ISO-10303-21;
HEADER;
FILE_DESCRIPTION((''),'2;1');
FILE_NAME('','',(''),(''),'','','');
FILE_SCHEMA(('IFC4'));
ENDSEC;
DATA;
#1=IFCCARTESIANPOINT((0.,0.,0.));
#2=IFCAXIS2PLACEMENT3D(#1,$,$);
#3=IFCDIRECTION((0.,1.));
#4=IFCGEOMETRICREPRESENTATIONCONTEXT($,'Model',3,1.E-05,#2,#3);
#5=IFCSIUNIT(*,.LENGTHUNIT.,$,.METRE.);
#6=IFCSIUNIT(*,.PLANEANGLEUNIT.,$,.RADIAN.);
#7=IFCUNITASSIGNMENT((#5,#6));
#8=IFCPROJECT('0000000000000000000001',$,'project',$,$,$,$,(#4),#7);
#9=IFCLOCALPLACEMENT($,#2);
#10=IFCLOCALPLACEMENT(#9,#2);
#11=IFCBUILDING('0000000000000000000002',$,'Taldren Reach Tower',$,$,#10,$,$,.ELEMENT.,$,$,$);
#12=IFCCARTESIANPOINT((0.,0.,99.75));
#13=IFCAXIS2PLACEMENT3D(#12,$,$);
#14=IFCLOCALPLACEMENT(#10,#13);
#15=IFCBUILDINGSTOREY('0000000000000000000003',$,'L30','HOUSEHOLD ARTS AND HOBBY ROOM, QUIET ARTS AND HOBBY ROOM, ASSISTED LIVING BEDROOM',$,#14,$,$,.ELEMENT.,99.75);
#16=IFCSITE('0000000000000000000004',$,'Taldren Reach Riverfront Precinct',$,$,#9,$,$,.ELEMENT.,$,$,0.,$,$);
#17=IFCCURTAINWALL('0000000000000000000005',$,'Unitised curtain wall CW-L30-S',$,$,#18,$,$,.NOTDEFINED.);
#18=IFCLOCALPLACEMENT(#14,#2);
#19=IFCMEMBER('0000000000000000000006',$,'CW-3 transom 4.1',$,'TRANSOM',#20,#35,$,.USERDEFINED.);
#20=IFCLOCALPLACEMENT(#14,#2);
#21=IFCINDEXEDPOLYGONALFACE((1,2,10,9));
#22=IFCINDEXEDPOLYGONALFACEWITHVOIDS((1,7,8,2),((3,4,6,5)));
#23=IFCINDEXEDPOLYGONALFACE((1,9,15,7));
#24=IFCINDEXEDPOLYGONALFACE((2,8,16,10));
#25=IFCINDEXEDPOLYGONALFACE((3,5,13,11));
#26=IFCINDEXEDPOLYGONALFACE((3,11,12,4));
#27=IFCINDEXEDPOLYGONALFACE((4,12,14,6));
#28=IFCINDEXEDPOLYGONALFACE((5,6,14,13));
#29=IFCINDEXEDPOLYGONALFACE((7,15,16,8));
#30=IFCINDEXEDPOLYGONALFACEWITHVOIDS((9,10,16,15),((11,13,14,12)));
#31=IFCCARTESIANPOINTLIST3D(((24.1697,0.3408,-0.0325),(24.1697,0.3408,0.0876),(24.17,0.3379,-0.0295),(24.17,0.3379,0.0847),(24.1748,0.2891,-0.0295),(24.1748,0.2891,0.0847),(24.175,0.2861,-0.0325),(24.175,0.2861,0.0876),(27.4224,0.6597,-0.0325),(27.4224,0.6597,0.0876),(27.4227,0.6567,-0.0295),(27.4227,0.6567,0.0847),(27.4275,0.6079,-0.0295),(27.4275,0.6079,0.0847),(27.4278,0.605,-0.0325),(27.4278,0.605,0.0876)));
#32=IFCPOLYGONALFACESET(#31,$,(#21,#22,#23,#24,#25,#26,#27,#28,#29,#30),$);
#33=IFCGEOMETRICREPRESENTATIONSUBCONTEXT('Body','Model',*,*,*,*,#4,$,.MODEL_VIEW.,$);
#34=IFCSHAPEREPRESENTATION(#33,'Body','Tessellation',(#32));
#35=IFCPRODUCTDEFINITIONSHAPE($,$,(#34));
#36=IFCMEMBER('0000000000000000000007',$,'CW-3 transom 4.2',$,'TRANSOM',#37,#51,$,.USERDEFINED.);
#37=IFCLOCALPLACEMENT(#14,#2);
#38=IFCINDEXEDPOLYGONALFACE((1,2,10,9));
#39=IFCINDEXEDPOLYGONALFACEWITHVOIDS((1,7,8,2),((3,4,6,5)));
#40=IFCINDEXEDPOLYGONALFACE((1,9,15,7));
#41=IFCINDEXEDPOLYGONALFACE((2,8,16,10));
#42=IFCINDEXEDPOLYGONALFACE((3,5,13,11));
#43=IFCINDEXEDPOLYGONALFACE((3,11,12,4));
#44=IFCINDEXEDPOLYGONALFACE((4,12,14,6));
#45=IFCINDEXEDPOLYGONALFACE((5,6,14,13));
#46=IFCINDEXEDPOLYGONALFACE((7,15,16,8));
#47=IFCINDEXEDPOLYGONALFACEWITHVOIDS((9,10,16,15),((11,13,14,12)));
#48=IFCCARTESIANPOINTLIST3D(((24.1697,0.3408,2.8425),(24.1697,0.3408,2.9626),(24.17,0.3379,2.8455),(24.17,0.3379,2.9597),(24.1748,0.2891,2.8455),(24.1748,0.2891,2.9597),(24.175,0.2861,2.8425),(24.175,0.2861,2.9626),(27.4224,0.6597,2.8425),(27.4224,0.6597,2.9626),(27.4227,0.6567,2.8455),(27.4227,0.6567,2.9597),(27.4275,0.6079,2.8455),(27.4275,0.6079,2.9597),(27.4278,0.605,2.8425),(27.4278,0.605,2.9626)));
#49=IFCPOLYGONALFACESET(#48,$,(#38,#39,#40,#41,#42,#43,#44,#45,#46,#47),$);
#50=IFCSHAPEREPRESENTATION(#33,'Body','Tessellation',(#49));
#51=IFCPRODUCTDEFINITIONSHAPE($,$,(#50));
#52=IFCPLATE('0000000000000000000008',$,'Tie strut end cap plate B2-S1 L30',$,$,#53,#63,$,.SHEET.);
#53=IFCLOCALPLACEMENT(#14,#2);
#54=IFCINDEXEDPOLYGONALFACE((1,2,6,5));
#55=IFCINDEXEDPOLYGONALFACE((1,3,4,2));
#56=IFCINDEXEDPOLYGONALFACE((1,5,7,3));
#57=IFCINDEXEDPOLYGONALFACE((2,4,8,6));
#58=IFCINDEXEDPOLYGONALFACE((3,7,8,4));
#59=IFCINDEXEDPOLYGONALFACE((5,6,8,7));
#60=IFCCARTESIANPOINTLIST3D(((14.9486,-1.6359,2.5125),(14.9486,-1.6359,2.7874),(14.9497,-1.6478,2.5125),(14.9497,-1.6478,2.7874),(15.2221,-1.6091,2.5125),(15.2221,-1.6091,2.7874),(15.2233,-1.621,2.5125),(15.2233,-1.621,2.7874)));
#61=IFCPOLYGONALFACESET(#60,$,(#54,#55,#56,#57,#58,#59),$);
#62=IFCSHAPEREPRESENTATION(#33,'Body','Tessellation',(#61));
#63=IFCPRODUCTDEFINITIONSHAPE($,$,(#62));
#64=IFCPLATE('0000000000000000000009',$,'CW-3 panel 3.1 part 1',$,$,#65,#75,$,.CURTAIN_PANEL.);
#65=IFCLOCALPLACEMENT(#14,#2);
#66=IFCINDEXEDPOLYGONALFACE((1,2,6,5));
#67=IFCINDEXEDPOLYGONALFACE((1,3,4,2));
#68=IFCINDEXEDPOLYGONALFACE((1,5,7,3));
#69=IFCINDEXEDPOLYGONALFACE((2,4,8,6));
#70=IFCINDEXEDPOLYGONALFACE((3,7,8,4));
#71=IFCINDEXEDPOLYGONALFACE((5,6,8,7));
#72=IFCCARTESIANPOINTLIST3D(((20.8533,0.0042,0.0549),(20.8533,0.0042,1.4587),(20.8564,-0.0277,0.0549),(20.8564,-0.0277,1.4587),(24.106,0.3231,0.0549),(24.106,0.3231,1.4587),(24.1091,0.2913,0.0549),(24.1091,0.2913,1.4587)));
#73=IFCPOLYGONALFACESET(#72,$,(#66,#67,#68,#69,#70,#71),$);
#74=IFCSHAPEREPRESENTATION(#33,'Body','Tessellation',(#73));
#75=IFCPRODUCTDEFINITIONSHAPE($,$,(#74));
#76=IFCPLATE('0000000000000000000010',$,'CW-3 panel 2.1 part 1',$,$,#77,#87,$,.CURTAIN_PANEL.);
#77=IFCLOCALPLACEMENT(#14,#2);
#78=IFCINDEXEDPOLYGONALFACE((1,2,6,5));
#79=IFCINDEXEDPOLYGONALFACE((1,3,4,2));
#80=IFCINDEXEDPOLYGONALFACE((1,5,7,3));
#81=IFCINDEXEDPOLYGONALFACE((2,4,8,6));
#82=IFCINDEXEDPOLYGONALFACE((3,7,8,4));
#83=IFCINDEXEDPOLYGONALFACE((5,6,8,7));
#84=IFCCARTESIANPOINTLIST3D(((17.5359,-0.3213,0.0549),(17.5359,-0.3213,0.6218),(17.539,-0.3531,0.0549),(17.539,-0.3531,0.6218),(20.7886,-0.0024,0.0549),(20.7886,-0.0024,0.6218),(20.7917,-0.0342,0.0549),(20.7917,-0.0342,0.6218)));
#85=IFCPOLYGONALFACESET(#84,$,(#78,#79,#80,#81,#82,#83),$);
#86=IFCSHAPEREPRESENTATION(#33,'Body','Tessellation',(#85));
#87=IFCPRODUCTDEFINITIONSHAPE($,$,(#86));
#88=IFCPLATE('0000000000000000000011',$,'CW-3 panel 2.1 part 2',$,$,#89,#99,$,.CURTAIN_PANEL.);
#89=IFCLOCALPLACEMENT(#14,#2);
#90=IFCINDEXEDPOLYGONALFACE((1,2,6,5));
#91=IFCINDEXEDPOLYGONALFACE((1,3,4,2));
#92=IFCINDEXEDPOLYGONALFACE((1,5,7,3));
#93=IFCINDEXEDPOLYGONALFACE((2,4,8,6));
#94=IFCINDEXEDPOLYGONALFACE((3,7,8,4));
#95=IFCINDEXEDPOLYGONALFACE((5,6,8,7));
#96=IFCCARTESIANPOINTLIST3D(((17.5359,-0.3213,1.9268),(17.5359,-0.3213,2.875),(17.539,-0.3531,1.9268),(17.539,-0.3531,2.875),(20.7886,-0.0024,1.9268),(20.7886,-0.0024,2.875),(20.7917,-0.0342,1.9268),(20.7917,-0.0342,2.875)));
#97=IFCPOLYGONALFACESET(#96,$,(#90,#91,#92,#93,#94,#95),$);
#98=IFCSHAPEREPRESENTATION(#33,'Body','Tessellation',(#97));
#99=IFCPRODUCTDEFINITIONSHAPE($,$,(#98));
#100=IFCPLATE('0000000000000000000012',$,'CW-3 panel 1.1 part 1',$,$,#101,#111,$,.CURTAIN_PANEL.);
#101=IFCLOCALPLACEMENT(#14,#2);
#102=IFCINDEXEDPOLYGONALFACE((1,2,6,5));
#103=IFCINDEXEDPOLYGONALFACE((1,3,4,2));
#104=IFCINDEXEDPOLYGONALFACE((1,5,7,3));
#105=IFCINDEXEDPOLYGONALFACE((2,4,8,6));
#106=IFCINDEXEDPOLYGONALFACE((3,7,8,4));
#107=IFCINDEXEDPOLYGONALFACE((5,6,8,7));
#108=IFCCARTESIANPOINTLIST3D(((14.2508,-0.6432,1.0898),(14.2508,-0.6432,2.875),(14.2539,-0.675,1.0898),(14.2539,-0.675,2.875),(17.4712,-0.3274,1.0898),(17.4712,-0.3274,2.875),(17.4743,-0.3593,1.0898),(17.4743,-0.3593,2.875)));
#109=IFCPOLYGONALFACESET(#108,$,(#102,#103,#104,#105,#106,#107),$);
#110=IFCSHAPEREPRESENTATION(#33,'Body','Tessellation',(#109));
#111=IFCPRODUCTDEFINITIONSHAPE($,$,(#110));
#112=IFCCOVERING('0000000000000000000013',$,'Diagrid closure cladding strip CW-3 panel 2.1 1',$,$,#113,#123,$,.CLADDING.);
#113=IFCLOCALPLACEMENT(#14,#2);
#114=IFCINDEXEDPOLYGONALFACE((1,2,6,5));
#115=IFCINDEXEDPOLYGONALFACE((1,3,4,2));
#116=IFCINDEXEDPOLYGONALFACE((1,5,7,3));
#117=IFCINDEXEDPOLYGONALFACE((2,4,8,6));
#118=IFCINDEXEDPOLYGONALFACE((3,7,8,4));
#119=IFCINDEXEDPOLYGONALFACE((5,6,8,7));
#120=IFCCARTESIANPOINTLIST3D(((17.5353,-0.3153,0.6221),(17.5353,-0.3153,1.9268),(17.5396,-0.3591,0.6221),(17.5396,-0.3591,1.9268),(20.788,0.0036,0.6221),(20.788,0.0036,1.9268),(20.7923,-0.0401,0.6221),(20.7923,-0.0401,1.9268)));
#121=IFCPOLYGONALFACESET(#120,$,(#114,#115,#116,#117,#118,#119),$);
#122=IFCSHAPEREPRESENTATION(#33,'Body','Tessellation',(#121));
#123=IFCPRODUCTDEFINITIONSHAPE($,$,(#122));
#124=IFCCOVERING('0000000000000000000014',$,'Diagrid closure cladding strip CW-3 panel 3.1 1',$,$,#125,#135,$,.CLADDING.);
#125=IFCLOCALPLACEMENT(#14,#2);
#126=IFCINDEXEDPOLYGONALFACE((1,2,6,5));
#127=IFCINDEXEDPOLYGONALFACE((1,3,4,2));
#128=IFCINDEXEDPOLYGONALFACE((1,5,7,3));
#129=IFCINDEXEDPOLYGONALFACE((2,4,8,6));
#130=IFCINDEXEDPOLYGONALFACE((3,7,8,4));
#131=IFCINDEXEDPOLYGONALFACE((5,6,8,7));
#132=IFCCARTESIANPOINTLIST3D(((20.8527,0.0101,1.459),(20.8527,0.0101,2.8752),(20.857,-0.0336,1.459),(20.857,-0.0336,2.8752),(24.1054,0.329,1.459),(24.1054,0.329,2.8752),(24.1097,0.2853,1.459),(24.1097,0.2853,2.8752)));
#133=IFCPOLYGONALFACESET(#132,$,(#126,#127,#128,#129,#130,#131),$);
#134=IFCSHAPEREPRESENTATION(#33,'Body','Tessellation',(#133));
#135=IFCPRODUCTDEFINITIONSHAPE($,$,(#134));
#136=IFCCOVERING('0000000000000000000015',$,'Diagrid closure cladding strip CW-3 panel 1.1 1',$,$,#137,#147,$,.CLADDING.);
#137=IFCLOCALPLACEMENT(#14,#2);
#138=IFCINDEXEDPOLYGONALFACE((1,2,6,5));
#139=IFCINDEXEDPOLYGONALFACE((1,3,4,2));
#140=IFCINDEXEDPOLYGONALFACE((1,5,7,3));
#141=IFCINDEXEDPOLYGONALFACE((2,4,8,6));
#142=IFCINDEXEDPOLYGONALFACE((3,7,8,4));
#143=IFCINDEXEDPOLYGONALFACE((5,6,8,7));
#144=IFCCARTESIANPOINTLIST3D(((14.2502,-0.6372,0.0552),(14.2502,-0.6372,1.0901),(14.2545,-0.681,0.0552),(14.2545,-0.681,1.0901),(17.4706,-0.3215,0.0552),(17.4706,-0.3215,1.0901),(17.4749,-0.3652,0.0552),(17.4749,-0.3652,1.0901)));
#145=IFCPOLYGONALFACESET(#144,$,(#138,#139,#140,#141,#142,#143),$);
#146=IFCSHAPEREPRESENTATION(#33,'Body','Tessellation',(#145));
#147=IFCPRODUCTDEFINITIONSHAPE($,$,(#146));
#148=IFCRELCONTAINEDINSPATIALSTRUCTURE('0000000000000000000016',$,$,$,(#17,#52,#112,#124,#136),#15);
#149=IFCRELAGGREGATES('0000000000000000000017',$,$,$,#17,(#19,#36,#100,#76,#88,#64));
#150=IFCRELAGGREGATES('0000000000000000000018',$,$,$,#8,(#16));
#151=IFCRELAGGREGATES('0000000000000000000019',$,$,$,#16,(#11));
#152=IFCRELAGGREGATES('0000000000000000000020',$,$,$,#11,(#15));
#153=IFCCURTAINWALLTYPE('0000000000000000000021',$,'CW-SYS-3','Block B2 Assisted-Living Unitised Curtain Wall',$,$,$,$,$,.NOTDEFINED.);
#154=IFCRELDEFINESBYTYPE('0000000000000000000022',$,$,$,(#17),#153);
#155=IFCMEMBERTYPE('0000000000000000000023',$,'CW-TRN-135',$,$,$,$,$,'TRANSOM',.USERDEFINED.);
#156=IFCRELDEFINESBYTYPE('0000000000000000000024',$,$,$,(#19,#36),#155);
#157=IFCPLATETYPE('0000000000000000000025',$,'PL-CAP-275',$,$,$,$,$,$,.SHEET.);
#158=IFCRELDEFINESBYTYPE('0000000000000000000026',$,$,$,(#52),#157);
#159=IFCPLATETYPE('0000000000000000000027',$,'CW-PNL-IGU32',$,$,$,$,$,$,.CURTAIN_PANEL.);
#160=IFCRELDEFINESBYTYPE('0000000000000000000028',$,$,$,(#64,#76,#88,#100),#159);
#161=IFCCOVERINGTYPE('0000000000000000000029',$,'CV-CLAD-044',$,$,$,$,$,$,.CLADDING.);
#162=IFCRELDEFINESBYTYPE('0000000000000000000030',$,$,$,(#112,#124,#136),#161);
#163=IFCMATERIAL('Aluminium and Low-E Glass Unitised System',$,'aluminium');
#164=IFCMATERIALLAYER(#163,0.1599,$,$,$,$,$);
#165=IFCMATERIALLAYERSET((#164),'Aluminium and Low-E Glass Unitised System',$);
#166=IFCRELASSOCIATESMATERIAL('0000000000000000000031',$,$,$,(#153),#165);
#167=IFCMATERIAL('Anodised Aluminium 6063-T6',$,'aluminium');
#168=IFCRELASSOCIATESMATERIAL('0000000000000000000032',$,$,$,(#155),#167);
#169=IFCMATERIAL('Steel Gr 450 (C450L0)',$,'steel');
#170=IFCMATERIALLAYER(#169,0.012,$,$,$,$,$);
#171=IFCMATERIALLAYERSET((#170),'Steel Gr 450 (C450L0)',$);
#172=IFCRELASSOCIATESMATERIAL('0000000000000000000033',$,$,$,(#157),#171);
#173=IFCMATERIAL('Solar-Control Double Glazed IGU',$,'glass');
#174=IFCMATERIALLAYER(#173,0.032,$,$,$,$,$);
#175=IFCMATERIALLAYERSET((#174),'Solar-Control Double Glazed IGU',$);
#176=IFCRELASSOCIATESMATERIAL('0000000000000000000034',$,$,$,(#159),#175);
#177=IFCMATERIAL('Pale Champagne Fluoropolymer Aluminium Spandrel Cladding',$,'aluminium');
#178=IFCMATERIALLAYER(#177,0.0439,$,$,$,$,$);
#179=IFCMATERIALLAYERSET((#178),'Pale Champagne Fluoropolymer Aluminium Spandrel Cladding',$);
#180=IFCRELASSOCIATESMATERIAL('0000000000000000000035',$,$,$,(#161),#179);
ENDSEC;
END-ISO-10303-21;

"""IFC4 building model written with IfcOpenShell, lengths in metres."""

from ifc_helpers import new_model, si_unit, direction, frame, origin, origin_2d, place, context, subcontext, project, spatial, rectangle, hollow_rectangle, extrude, source, transform, mapped, material, layer, layer_set, material_profile, profile_set, type_object, element, aggregate, save


model = new_model("IFC4")

# Units and contexts
model_context = context("Model", 3, precision=1e-05, world=origin(), true_north=direction((0.0, 1.0)))
body_context = subcontext(model_context, "Body", "Model", "MODEL_VIEW")
ifc_project = project(units=[si_unit("LENGTHUNIT", "METRE"), si_unit("PLANEANGLEUNIT", "RADIAN")], contexts=[model_context])

# Site, building, storey
site_placement = place(None, origin())
site = spatial("IfcSite", under=ifc_project, at=site_placement, Name="Taldren Reach Riverfront Precinct", CompositionType="ELEMENT", RefElevation=0.0)
building_placement = place(site_placement, origin())
building = spatial("IfcBuilding", under=site, at=building_placement, Name="Taldren Reach Tower", CompositionType="ELEMENT")
storey_placement = place(building_placement, frame((0.0, 0.0, 99.75)))
storey = spatial("IfcBuildingStorey", under=building, at=storey_placement, Name="L30", Description="HOUSEHOLD ARTS AND HOBBY ROOM, QUIET ARTS AND HOBBY ROOM, ASSISTED LIVING BEDROOM", CompositionType="ELEMENT", Elevation=99.75)

# Shared definitions
ifc_material_1 = material(Name="Steel Gr 450 (C450L0)", Category="steel")

# Curtain wall, members
ifc_material_2 = material(Name="Aluminium and Low-E Glass Unitised System", Category="aluminium")
ifc_layer_1 = layer(ifc_material_2, 0.1599)
ifc_layer_set_1 = layer_set([ifc_layer_1], Name="Aluminium and Low-E Glass Unitised System")
curtain_wall_type = type_object("IfcCurtainWallType", Name="CW-SYS-3", Description="Block B2 Assisted-Living Unitised Curtain Wall", PredefinedType="NOTDEFINED", material=ifc_layer_set_1)
curtain_wall_placement = place(storey_placement, origin())
curtain_wall = element("IfcCurtainWall", 1, at=curtain_wall_placement, inside=storey, type_object=curtain_wall_type, Name="Unitised curtain wall CW-L30-S", PredefinedType="NOTDEFINED")
ifc_material_3 = material(Name="Anodised Aluminium 6063-T6", Category="aluminium")
ifc_material_profile_1 = material_profile(ifc_material_3, hollow_rectangle(XDim=0.0549, YDim=0.1201, WallThickness=0.0029, at=origin_2d()), Name="ALU-120x55x3RHS")
ifc_profile_set_1 = profile_set([ifc_material_profile_1], Name="Anodised Aluminium 6063-T6")
member_type_1 = type_object("IfcMemberType", Name="CW-TRN-135", ElementType="TRANSOM", PredefinedType="USERDEFINED", material=ifc_profile_set_1)
shared_shape_1 = source(origin(), body_context, "Body", "SweptSolid", [
    extrude(hollow_rectangle(XDim=0.0549, YDim=0.1201, WallThickness=0.0029, at=origin_2d()), origin(), (0.0, 0.0, 1.0), 3.2683),
])
member_1_placement = place(storey_placement, frame((24.1724, 0.3135, 0.0276), z_axis=(0.99523, 0.097558, 0.0), x_axis=(-0.097558, 0.99523, 0.0)))
member_1 = element("IfcMember", 2, at=member_1_placement, type_object=member_type_1, Name="CW-3 transom 4.1", ObjectType="TRANSOM", PredefinedType="USERDEFINED", context=body_context, shape_type="MappedRepresentation", body=[
    mapped(shared_shape_1, transform((0.0, 0.0, 0.0), scale=1.0)),
])
member_2_placement = place(storey_placement, frame((24.1724, 0.3135, 2.9026), z_axis=(0.99523, 0.097558, 0.0), x_axis=(-0.097558, 0.99523, 0.0)))
member_2 = element("IfcMember", 3, at=member_2_placement, type_object=member_type_1, Name="CW-3 transom 4.2", ObjectType="TRANSOM", PredefinedType="USERDEFINED", context=body_context, shape_type="MappedRepresentation", body=[
    mapped(shared_shape_1, transform((0.0, 0.0, 0.0), scale=1.0)),
])

# Plates
ifc_layer_2 = layer(ifc_material_1, 0.012)
ifc_layer_set_2 = layer_set([ifc_layer_2], Name="Steel Gr 450 (C450L0)")
plate_type_1 = type_object("IfcPlateType", Name="PL-CAP-275", PredefinedType="SHEET", material=ifc_layer_set_2)
shared_shape_2 = source(origin(), body_context, "Body", "SweptSolid", [
    extrude(rectangle(XDim=0.2749, YDim=0.012, at=origin_2d()), origin(), (0.0, 0.0, 1.0), 0.2749),
])
plate_1_placement = place(storey_placement, frame((15.0859, -1.6284, 2.5125), z_axis=(0.0, 0.0, 1.0), x_axis=(0.995227, 0.097583, 0.0)))
element("IfcPlate", 4, at=plate_1_placement, inside=storey, type_object=plate_type_1, Name="Tie strut end cap plate B2-S1 L30", PredefinedType="SHEET", context=body_context, shape_type="MappedRepresentation", body=[
    mapped(shared_shape_2, transform((0.0, 0.0, 0.0), scale=1.0)),
])
ifc_material_4 = material(Name="Solar-Control Double Glazed IGU", Category="glass")
ifc_layer_3 = layer(ifc_material_4, 0.032)
ifc_layer_set_3 = layer_set([ifc_layer_3], Name="Solar-Control Double Glazed IGU")
plate_type_2 = type_object("IfcPlateType", Name="CW-PNL-IGU32", PredefinedType="CURTAIN_PANEL", material=ifc_layer_set_3)
shared_shape_3 = source(origin(), body_context, "Body", "SweptSolid", [
    extrude(rectangle(XDim=3.2683, YDim=0.032, at=origin_2d()), origin(), (0.0, 0.0, 1.0), 1.4038),
])
plate_2_placement = place(storey_placement, frame((22.4812, 0.1477, 0.0549), z_axis=(0.0, 0.0, 1.0), x_axis=(0.995227, 0.097583, 0.0)))
plate_2 = element("IfcPlate", 5, at=plate_2_placement, type_object=plate_type_2, Name="CW-3 panel 3.1 part 1", PredefinedType="CURTAIN_PANEL", context=body_context, shape_type="MappedRepresentation", body=[
    mapped(shared_shape_3, transform((0.0, 0.0, 0.0), scale=1.0)),
])
shared_shape_4 = source(origin(), body_context, "Body", "SweptSolid", [
    extrude(rectangle(XDim=3.2683, YDim=0.032, at=origin_2d()), origin(), (0.0, 0.0, 1.0), 0.5669),
])
plate_3_placement = place(storey_placement, frame((19.1638, -0.1777, 0.0549), z_axis=(0.0, 0.0, 1.0), x_axis=(0.995227, 0.097583, 0.0)))
plate_3 = element("IfcPlate", 6, at=plate_3_placement, type_object=plate_type_2, Name="CW-3 panel 2.1 part 1", PredefinedType="CURTAIN_PANEL", context=body_context, shape_type="MappedRepresentation", body=[
    mapped(shared_shape_4, transform((0.0, 0.0, 0.0), scale=1.0)),
])
shared_shape_5 = source(origin(), body_context, "Body", "SweptSolid", [
    extrude(rectangle(XDim=3.2683, YDim=0.032, at=origin_2d()), origin(), (0.0, 0.0, 1.0), 0.9482),
])
plate_4_placement = place(storey_placement, frame((19.1638, -0.1777, 1.9268), z_axis=(0.0, 0.0, 1.0), x_axis=(0.995227, 0.097583, 0.0)))
plate_4 = element("IfcPlate", 7, at=plate_4_placement, type_object=plate_type_2, Name="CW-3 panel 2.1 part 2", PredefinedType="CURTAIN_PANEL", context=body_context, shape_type="MappedRepresentation", body=[
    mapped(shared_shape_5, transform((0.0, 0.0, 0.0), scale=1.0)),
])
shared_shape_6 = source(origin(), body_context, "Body", "SweptSolid", [
    extrude(rectangle(XDim=3.2358, YDim=0.032, at=origin_2d()), origin(), (0.0, 0.0, 1.0), 1.7852),
])
plate_5_placement = place(storey_placement, frame((15.8625, -0.5012, 1.0898), z_axis=(0.0, 0.0, 1.0), x_axis=(0.995227, 0.097583, 0.0)))
plate_5 = element("IfcPlate", 8, at=plate_5_placement, type_object=plate_type_2, Name="CW-3 panel 1.1 part 1", PredefinedType="CURTAIN_PANEL", context=body_context, shape_type="MappedRepresentation", body=[
    mapped(shared_shape_6, transform((0.0, 0.0, 0.0), scale=1.0)),
])
aggregate(curtain_wall, [member_1, member_2, plate_5, plate_3, plate_4, plate_2])

# Coverings
ifc_material_5 = material(Name="Pale Champagne Fluoropolymer Aluminium Spandrel Cladding", Category="aluminium")
ifc_layer_4 = layer(ifc_material_5, 0.0439)
ifc_layer_set_4 = layer_set([ifc_layer_4], Name="Pale Champagne Fluoropolymer Aluminium Spandrel Cladding")
covering_type = type_object("IfcCoveringType", Name="CV-CLAD-044", PredefinedType="CLADDING", material=ifc_layer_set_4)
shared_shape_7 = source(origin(), body_context, "Body", "SweptSolid", [
    extrude(rectangle(XDim=3.2683, YDim=0.0439, at=origin_2d()), origin(), (0.0, 0.0, 1.0), 1.3047),
])
covering_1_placement = place(storey_placement, frame((19.1638, -0.1777, 0.6221), z_axis=(0.0, 0.0, 1.0), x_axis=(0.995227, 0.097583, 0.0)))
element("IfcCovering", 9, at=covering_1_placement, inside=storey, type_object=covering_type, Name="Diagrid closure cladding strip CW-3 panel 2.1 1", PredefinedType="CLADDING", context=body_context, shape_type="MappedRepresentation", body=[
    mapped(shared_shape_7, transform((0.0, 0.0, 0.0), scale=1.0)),
])
shared_shape_8 = source(origin(), body_context, "Body", "SweptSolid", [
    extrude(rectangle(XDim=3.2683, YDim=0.0439, at=origin_2d()), origin(), (0.0, 0.0, 1.0), 1.4163),
])
covering_2_placement = place(storey_placement, frame((22.4812, 0.1477, 1.459), z_axis=(0.0, 0.0, 1.0), x_axis=(0.995227, 0.097583, 0.0)))
element("IfcCovering", 10, at=covering_2_placement, inside=storey, type_object=covering_type, Name="Diagrid closure cladding strip CW-3 panel 3.1 1", PredefinedType="CLADDING", context=body_context, shape_type="MappedRepresentation", body=[
    mapped(shared_shape_8, transform((0.0, 0.0, 0.0), scale=1.0)),
])
shared_shape_9 = source(origin(), body_context, "Body", "SweptSolid", [
    extrude(rectangle(XDim=3.2358, YDim=0.0439, at=origin_2d()), origin(), (0.0, 0.0, 1.0), 1.0349),
])
covering_3_placement = place(storey_placement, frame((15.8625, -0.5012, 0.0552), z_axis=(0.0, 0.0, 1.0), x_axis=(0.995227, 0.097583, 0.0)))
element("IfcCovering", 11, at=covering_3_placement, inside=storey, type_object=covering_type, Name="Diagrid closure cladding strip CW-3 panel 1.1 1", PredefinedType="CLADDING", context=body_context, shape_type="MappedRepresentation", body=[
    mapped(shared_shape_9, transform((0.0, 0.0, 0.0), scale=1.0)),
])

save(model, "model.ifc")
